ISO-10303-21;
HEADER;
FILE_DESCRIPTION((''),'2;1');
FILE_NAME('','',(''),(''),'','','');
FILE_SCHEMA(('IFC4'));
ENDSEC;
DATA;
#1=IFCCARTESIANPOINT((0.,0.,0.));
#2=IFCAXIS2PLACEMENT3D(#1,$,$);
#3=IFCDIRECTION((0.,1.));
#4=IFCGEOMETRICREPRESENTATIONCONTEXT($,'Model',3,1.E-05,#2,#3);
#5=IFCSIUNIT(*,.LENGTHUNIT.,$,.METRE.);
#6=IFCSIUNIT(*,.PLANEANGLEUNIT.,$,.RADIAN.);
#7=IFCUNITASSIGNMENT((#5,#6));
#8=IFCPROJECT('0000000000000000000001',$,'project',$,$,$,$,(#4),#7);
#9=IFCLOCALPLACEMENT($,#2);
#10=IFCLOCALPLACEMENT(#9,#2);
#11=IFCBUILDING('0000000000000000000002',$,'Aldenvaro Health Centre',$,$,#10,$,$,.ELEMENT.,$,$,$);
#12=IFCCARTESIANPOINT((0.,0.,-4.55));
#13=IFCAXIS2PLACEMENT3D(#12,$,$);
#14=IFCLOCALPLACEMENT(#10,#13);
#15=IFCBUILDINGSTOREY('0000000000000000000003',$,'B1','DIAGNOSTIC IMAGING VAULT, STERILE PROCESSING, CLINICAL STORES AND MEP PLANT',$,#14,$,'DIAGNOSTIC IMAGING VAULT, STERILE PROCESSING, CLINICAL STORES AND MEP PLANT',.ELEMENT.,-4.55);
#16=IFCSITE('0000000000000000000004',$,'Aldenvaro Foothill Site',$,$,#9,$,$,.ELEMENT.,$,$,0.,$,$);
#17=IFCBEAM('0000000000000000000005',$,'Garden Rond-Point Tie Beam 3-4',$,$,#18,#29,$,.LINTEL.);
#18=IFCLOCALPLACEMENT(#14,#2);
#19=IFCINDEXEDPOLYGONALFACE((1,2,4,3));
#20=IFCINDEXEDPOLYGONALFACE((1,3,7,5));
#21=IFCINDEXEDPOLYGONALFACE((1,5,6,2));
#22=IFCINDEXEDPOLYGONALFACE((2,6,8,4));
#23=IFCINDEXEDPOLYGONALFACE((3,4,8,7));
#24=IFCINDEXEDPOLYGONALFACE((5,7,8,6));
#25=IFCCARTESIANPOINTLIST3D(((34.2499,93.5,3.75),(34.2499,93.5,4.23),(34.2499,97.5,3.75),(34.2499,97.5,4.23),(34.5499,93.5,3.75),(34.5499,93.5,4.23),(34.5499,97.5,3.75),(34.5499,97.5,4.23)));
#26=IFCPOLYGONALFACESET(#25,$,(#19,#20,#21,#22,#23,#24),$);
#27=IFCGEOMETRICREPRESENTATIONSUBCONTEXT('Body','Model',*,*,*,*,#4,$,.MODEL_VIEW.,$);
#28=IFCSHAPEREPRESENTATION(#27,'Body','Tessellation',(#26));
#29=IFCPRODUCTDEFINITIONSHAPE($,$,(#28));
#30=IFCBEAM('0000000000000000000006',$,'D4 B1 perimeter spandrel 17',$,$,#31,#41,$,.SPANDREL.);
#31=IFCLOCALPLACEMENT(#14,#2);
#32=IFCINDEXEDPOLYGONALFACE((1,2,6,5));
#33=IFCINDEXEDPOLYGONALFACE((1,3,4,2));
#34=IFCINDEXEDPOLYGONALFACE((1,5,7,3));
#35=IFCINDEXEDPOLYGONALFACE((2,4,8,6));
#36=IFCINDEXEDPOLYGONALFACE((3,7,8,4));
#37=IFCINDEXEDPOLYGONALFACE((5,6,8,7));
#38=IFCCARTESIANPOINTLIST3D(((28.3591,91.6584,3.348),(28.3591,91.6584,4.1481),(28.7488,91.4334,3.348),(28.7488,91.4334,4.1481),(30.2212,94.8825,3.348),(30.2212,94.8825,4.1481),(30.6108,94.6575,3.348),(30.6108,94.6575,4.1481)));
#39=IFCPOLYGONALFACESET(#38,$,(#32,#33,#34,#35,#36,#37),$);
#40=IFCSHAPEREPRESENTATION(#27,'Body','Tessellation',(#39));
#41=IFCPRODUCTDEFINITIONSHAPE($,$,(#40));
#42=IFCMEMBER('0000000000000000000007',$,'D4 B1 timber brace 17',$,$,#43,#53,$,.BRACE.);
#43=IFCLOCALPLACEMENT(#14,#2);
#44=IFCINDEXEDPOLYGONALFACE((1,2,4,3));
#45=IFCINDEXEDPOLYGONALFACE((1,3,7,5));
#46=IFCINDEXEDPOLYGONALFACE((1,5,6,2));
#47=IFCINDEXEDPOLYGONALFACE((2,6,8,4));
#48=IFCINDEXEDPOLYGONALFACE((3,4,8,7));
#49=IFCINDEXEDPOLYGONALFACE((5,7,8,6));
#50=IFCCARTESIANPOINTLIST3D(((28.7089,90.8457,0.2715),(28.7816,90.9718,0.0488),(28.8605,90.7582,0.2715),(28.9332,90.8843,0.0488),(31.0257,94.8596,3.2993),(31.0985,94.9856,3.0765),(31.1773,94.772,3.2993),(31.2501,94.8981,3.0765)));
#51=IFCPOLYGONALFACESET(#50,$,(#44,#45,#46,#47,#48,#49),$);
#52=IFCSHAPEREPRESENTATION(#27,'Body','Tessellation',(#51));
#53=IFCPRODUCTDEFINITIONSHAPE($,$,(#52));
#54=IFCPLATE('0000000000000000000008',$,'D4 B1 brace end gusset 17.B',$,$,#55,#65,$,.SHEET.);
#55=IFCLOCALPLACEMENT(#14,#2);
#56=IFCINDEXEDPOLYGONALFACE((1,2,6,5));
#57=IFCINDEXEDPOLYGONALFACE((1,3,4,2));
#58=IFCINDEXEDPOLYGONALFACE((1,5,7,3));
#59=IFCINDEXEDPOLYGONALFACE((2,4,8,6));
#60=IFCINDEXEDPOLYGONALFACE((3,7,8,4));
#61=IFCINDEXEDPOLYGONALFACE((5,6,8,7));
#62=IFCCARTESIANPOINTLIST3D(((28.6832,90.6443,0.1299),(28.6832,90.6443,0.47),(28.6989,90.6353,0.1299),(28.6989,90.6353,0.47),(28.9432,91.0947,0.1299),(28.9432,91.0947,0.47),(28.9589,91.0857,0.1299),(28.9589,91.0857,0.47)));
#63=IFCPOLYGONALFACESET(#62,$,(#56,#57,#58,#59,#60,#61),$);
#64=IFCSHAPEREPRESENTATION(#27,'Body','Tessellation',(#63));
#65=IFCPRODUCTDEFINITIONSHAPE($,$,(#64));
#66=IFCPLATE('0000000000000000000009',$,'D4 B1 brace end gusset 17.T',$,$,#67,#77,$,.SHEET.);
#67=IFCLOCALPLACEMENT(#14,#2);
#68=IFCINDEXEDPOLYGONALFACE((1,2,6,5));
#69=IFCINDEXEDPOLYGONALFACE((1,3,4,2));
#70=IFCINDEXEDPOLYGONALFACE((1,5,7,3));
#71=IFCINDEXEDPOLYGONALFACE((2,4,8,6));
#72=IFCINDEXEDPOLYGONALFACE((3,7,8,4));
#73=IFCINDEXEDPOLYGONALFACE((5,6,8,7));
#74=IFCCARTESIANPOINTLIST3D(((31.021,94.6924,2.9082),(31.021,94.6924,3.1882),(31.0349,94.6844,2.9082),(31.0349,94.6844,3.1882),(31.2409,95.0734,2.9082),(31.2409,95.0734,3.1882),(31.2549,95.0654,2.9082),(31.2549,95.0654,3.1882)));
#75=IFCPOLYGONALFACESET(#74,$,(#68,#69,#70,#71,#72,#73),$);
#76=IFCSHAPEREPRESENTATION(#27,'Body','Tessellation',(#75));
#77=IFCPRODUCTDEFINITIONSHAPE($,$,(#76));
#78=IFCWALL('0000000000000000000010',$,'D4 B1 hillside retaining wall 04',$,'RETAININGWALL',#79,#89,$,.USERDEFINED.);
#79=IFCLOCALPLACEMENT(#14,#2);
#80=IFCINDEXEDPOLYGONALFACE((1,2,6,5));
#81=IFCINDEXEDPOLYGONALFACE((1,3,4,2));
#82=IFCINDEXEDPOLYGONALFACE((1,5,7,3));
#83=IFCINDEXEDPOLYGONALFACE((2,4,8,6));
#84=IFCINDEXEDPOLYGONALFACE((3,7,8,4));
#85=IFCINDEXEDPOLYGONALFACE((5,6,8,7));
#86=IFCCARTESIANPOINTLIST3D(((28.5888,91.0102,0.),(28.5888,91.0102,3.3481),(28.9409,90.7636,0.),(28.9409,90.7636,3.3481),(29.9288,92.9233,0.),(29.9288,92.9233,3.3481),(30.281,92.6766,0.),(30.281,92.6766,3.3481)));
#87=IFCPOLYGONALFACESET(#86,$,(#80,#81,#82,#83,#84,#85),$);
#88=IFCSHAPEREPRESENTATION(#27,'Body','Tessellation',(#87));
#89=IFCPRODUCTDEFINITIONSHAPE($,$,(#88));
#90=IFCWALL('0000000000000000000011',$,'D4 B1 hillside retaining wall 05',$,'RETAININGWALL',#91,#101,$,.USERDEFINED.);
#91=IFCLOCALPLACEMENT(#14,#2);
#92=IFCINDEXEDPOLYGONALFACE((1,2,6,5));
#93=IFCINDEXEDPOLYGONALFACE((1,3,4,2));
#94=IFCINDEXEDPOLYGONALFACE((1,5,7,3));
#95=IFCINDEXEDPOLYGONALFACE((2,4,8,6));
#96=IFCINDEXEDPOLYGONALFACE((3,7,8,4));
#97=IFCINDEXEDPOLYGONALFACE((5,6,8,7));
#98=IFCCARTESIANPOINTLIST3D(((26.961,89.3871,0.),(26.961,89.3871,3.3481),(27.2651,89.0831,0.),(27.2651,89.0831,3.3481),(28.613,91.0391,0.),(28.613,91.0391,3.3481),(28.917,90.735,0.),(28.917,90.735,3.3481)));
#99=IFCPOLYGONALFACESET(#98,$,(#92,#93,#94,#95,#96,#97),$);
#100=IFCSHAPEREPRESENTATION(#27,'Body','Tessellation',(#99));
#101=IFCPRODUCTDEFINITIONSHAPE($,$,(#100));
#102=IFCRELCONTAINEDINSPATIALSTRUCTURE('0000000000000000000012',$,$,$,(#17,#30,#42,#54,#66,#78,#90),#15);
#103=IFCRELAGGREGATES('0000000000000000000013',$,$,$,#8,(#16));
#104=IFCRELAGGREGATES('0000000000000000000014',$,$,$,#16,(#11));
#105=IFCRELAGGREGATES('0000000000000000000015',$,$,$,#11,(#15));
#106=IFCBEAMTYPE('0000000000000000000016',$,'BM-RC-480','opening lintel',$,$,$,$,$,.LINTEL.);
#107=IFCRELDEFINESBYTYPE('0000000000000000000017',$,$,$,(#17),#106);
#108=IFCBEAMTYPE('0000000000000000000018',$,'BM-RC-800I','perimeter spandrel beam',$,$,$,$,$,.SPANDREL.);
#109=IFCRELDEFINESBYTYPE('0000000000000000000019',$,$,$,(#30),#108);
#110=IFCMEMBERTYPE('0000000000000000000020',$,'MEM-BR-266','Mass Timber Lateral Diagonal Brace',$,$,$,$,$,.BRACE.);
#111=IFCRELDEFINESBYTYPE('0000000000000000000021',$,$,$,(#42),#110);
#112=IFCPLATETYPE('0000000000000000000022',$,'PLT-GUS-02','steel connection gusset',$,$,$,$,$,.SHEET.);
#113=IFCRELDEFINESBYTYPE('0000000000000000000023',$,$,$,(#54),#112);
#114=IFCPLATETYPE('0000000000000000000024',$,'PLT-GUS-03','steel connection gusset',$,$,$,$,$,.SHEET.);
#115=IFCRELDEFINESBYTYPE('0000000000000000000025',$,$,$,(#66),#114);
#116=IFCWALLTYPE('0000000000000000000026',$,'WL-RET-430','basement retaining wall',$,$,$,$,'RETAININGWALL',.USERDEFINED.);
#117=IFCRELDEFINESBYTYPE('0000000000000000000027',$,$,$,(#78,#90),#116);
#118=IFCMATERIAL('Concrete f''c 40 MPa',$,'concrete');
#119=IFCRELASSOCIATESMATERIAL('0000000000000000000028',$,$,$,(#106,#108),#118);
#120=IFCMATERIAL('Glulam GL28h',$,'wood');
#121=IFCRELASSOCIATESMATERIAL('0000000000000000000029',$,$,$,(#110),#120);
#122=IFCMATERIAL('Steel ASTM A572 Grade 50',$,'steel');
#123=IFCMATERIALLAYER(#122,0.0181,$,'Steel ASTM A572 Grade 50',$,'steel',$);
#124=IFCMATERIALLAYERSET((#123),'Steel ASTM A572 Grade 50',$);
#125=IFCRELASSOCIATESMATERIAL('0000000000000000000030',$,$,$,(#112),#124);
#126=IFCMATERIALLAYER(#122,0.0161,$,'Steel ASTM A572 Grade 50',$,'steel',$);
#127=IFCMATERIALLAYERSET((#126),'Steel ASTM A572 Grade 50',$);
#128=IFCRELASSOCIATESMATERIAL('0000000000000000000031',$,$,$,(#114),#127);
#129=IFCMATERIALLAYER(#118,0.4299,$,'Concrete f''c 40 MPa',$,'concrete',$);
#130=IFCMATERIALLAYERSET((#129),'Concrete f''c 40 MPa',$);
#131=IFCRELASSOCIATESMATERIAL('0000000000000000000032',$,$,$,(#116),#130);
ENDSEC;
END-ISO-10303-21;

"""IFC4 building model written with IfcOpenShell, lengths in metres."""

from ifc_helpers import new_model, si_unit, direction, frame, frame_2d, origin, origin_2d, place, context, subcontext, project, spatial, rectangle, extrude, material, layer, layer_set, material_profile, profile_set, type_object, element, save


model = new_model("IFC4")

# Units and contexts
model_context = context("Model", 3, precision=1e-05, world=origin(), true_north=direction((0.0, 1.0)))
body_context = subcontext(model_context, "Body", "Model", "MODEL_VIEW")
ifc_project = project(units=[si_unit("LENGTHUNIT", "METRE"), si_unit("PLANEANGLEUNIT", "RADIAN")], contexts=[model_context])

# Site, building, storey
site_placement = place(None, origin())
site = spatial("IfcSite", under=ifc_project, at=site_placement, Name="Aldenvaro Foothill Site", CompositionType="ELEMENT", RefElevation=0.0)
building_placement = place(site_placement, origin())
building = spatial("IfcBuilding", under=site, at=building_placement, Name="Aldenvaro Health Centre", CompositionType="ELEMENT")
storey_placement = place(building_placement, frame((0.0, 0.0, -4.55)))
storey = spatial("IfcBuildingStorey", under=building, at=storey_placement, Name="B1", Description="DIAGNOSTIC IMAGING VAULT, STERILE PROCESSING, CLINICAL STORES AND MEP PLANT", LongName="DIAGNOSTIC IMAGING VAULT, STERILE PROCESSING, CLINICAL STORES AND MEP PLANT", CompositionType="ELEMENT", Elevation=-4.55)

# Shared definitions
ifc_material_1 = material(Name="Concrete f'c 40 MPa", Category="concrete")

# Beams
ifc_material_profile_1 = material_profile(ifc_material_1, rectangle(XDim=0.3, YDim=0.48, at=origin_2d()), Name="RC 300x480", Category="concrete")
ifc_profile_set_1 = profile_set([ifc_material_profile_1], Name="Concrete f'c 40 MPa")
beam_type_1 = type_object("IfcBeamType", Name="BM-RC-480", Description="opening lintel", PredefinedType="LINTEL", material=ifc_profile_set_1)
for number, where, z_axis, x_axis, name in (
    (1, (34.3999, 93.5, 3.99), (0.0, 1.0, 0.0), (-1.0, 0.0, 0.0), "Garden Rond-Point Tie Beam 3-4"),
):
    element("IfcBeam", number, at=place(storey_placement, frame(where, z_axis=z_axis, x_axis=x_axis)), inside=storey, type_object=beam_type_1, Name=name, PredefinedType="LINTEL", context=body_context, shape_type="SweptSolid", body=[
        extrude(rectangle(XDim=0.3, YDim=0.48, at=origin_2d()), origin(), (0.0, 0.0, 1.0), 4.0),
    ])
ifc_material_profile_2 = material_profile(ifc_material_1, rectangle(XDim=0.45, YDim=0.8, at=origin_2d()), Name="RC 450x800", Category="concrete")
ifc_profile_set_2 = profile_set([ifc_material_profile_2], Name="Concrete f'c 40 MPa")
beam_type_2 = type_object("IfcBeamType", Name="BM-RC-800I", Description="perimeter spandrel beam", PredefinedType="SPANDREL", material=ifc_profile_set_2)
beam_placement = place(storey_placement, frame((28.554, 91.5459, 3.748), z_axis=(0.500124, 0.865954, 0.0), x_axis=(-0.865954, 0.500124, 0.0)))
element("IfcBeam", 2, at=beam_placement, inside=storey, type_object=beam_type_2, Name="D4 B1 perimeter spandrel 17", PredefinedType="SPANDREL", context=body_context, shape_type="SweptSolid", body=[
    extrude(rectangle(XDim=0.45, YDim=0.8, at=origin_2d()), origin(), (0.0, 0.0, 1.0), 3.7231),
])

# Member
ifc_material_2 = material(Name="Glulam GL28h", Category="wood")
ifc_material_profile_3 = material_profile(ifc_material_2, rectangle(XDim=0.175, YDim=0.2661, at=origin_2d()), Name="GL 175x266", Category="wood")
ifc_profile_set_3 = profile_set([ifc_material_profile_3], Name="Glulam GL28h")
member_type = type_object("IfcMemberType", Name="MEM-BR-266", Description="Mass Timber Lateral Diagonal Brace", PredefinedType="BRACE", material=ifc_profile_set_3)
member_placement = place(storey_placement, frame((28.821, 90.865, 0.1602), z_axis=(0.418514, 0.725057, 0.546935), x_axis=(-0.866076, 0.499912, 0.0)))
element("IfcMember", 3, at=member_placement, inside=storey, type_object=member_type, Name="D4 B1 timber brace 17", PredefinedType="BRACE", context=body_context, shape_type="SweptSolid", body=[
    extrude(rectangle(XDim=0.175, YDim=0.2661, at=origin_2d()), origin(), (0.0, 0.0, 1.0), 5.5359),
])

# Plates
ifc_material_3 = material(Name="Steel ASTM A572 Grade 50", Category="steel")
ifc_layer_1 = layer(ifc_material_3, 0.0181, Name="Steel ASTM A572 Grade 50", Category="steel")
ifc_layer_set_1 = layer_set([ifc_layer_1], Name="Steel ASTM A572 Grade 50")
plate_type_1 = type_object("IfcPlateType", Name="PLT-GUS-02", Description="steel connection gusset", PredefinedType="SHEET", material=ifc_layer_set_1)
plate_1_placement = place(storey_placement, frame((28.821, 90.865, 0.1299), z_axis=(0.0, 0.0, 1.0), x_axis=(0.499924, 0.866069, 0.0)))
element("IfcPlate", 4, at=plate_1_placement, inside=storey, type_object=plate_type_1, Name="D4 B1 brace end gusset 17.B", PredefinedType="SHEET", context=body_context, shape_type="SweptSolid", body=[
    extrude(rectangle(XDim=0.52, YDim=0.0181, at=origin_2d()), origin(), (0.0, 0.0, 1.0), 0.3401),
])
ifc_layer_2 = layer(ifc_material_3, 0.0161, Name="Steel ASTM A572 Grade 50", Category="steel")
ifc_layer_set_2 = layer_set([ifc_layer_2], Name="Steel ASTM A572 Grade 50")
plate_type_2 = type_object("IfcPlateType", Name="PLT-GUS-03", Description="steel connection gusset", PredefinedType="SHEET", material=ifc_layer_set_2)
plate_2_placement = place(storey_placement, frame((31.1379, 94.8789, 2.9082), z_axis=(0.0, 0.0, 1.0), x_axis=(0.499924, 0.866069, 0.0)))
element("IfcPlate", 5, at=plate_2_placement, inside=storey, type_object=plate_type_2, Name="D4 B1 brace end gusset 17.T", PredefinedType="SHEET", context=body_context, shape_type="SweptSolid", body=[
    extrude(rectangle(XDim=0.4399, YDim=0.0161, at=origin_2d()), origin(), (0.0, 0.0, 1.0), 0.28),
])

# Walls
ifc_layer_3 = layer(ifc_material_1, 0.4299, Name="Concrete f'c 40 MPa", Category="concrete")
ifc_layer_set_3 = layer_set([ifc_layer_3], Name="Concrete f'c 40 MPa")
wall_type = type_object("IfcWallType", Name="WL-RET-430", Description="basement retaining wall", ElementType="RETAININGWALL", PredefinedType="USERDEFINED", material=ifc_layer_set_3)
wall_1_placement = place(storey_placement, frame((30.105, 92.8, 0.0), z_axis=(0.0, 0.0, 1.0), x_axis=(-0.573729, -0.819045, 0.0)))
element("IfcWall", 6, at=wall_1_placement, inside=storey, type_object=wall_type, Name="D4 B1 hillside retaining wall 04", ObjectType="RETAININGWALL", PredefinedType="USERDEFINED", context=body_context, shape_type="SweptSolid", body=[
    extrude(rectangle(XDim=2.3357, YDim=0.4299, at=frame_2d((1.168, 0.0))), origin(), (0.0, 0.0, 1.0), 3.3481),
])
wall_2_placement = place(storey_placement, frame((28.7649, 90.887, 0.0), z_axis=(0.0, 0.0, 1.0), x_axis=(-0.707107, -0.707107, 0.0)))
element("IfcWall", 7, at=wall_2_placement, inside=storey, type_object=wall_type, Name="D4 B1 hillside retaining wall 05", ObjectType="RETAININGWALL", PredefinedType="USERDEFINED", context=body_context, shape_type="SweptSolid", body=[
    extrude(rectangle(XDim=2.3362, YDim=0.4299, at=frame_2d((1.168, 0.0))), origin(), (0.0, 0.0, 1.0), 3.3481),
])

save(model, "model.ifc")
